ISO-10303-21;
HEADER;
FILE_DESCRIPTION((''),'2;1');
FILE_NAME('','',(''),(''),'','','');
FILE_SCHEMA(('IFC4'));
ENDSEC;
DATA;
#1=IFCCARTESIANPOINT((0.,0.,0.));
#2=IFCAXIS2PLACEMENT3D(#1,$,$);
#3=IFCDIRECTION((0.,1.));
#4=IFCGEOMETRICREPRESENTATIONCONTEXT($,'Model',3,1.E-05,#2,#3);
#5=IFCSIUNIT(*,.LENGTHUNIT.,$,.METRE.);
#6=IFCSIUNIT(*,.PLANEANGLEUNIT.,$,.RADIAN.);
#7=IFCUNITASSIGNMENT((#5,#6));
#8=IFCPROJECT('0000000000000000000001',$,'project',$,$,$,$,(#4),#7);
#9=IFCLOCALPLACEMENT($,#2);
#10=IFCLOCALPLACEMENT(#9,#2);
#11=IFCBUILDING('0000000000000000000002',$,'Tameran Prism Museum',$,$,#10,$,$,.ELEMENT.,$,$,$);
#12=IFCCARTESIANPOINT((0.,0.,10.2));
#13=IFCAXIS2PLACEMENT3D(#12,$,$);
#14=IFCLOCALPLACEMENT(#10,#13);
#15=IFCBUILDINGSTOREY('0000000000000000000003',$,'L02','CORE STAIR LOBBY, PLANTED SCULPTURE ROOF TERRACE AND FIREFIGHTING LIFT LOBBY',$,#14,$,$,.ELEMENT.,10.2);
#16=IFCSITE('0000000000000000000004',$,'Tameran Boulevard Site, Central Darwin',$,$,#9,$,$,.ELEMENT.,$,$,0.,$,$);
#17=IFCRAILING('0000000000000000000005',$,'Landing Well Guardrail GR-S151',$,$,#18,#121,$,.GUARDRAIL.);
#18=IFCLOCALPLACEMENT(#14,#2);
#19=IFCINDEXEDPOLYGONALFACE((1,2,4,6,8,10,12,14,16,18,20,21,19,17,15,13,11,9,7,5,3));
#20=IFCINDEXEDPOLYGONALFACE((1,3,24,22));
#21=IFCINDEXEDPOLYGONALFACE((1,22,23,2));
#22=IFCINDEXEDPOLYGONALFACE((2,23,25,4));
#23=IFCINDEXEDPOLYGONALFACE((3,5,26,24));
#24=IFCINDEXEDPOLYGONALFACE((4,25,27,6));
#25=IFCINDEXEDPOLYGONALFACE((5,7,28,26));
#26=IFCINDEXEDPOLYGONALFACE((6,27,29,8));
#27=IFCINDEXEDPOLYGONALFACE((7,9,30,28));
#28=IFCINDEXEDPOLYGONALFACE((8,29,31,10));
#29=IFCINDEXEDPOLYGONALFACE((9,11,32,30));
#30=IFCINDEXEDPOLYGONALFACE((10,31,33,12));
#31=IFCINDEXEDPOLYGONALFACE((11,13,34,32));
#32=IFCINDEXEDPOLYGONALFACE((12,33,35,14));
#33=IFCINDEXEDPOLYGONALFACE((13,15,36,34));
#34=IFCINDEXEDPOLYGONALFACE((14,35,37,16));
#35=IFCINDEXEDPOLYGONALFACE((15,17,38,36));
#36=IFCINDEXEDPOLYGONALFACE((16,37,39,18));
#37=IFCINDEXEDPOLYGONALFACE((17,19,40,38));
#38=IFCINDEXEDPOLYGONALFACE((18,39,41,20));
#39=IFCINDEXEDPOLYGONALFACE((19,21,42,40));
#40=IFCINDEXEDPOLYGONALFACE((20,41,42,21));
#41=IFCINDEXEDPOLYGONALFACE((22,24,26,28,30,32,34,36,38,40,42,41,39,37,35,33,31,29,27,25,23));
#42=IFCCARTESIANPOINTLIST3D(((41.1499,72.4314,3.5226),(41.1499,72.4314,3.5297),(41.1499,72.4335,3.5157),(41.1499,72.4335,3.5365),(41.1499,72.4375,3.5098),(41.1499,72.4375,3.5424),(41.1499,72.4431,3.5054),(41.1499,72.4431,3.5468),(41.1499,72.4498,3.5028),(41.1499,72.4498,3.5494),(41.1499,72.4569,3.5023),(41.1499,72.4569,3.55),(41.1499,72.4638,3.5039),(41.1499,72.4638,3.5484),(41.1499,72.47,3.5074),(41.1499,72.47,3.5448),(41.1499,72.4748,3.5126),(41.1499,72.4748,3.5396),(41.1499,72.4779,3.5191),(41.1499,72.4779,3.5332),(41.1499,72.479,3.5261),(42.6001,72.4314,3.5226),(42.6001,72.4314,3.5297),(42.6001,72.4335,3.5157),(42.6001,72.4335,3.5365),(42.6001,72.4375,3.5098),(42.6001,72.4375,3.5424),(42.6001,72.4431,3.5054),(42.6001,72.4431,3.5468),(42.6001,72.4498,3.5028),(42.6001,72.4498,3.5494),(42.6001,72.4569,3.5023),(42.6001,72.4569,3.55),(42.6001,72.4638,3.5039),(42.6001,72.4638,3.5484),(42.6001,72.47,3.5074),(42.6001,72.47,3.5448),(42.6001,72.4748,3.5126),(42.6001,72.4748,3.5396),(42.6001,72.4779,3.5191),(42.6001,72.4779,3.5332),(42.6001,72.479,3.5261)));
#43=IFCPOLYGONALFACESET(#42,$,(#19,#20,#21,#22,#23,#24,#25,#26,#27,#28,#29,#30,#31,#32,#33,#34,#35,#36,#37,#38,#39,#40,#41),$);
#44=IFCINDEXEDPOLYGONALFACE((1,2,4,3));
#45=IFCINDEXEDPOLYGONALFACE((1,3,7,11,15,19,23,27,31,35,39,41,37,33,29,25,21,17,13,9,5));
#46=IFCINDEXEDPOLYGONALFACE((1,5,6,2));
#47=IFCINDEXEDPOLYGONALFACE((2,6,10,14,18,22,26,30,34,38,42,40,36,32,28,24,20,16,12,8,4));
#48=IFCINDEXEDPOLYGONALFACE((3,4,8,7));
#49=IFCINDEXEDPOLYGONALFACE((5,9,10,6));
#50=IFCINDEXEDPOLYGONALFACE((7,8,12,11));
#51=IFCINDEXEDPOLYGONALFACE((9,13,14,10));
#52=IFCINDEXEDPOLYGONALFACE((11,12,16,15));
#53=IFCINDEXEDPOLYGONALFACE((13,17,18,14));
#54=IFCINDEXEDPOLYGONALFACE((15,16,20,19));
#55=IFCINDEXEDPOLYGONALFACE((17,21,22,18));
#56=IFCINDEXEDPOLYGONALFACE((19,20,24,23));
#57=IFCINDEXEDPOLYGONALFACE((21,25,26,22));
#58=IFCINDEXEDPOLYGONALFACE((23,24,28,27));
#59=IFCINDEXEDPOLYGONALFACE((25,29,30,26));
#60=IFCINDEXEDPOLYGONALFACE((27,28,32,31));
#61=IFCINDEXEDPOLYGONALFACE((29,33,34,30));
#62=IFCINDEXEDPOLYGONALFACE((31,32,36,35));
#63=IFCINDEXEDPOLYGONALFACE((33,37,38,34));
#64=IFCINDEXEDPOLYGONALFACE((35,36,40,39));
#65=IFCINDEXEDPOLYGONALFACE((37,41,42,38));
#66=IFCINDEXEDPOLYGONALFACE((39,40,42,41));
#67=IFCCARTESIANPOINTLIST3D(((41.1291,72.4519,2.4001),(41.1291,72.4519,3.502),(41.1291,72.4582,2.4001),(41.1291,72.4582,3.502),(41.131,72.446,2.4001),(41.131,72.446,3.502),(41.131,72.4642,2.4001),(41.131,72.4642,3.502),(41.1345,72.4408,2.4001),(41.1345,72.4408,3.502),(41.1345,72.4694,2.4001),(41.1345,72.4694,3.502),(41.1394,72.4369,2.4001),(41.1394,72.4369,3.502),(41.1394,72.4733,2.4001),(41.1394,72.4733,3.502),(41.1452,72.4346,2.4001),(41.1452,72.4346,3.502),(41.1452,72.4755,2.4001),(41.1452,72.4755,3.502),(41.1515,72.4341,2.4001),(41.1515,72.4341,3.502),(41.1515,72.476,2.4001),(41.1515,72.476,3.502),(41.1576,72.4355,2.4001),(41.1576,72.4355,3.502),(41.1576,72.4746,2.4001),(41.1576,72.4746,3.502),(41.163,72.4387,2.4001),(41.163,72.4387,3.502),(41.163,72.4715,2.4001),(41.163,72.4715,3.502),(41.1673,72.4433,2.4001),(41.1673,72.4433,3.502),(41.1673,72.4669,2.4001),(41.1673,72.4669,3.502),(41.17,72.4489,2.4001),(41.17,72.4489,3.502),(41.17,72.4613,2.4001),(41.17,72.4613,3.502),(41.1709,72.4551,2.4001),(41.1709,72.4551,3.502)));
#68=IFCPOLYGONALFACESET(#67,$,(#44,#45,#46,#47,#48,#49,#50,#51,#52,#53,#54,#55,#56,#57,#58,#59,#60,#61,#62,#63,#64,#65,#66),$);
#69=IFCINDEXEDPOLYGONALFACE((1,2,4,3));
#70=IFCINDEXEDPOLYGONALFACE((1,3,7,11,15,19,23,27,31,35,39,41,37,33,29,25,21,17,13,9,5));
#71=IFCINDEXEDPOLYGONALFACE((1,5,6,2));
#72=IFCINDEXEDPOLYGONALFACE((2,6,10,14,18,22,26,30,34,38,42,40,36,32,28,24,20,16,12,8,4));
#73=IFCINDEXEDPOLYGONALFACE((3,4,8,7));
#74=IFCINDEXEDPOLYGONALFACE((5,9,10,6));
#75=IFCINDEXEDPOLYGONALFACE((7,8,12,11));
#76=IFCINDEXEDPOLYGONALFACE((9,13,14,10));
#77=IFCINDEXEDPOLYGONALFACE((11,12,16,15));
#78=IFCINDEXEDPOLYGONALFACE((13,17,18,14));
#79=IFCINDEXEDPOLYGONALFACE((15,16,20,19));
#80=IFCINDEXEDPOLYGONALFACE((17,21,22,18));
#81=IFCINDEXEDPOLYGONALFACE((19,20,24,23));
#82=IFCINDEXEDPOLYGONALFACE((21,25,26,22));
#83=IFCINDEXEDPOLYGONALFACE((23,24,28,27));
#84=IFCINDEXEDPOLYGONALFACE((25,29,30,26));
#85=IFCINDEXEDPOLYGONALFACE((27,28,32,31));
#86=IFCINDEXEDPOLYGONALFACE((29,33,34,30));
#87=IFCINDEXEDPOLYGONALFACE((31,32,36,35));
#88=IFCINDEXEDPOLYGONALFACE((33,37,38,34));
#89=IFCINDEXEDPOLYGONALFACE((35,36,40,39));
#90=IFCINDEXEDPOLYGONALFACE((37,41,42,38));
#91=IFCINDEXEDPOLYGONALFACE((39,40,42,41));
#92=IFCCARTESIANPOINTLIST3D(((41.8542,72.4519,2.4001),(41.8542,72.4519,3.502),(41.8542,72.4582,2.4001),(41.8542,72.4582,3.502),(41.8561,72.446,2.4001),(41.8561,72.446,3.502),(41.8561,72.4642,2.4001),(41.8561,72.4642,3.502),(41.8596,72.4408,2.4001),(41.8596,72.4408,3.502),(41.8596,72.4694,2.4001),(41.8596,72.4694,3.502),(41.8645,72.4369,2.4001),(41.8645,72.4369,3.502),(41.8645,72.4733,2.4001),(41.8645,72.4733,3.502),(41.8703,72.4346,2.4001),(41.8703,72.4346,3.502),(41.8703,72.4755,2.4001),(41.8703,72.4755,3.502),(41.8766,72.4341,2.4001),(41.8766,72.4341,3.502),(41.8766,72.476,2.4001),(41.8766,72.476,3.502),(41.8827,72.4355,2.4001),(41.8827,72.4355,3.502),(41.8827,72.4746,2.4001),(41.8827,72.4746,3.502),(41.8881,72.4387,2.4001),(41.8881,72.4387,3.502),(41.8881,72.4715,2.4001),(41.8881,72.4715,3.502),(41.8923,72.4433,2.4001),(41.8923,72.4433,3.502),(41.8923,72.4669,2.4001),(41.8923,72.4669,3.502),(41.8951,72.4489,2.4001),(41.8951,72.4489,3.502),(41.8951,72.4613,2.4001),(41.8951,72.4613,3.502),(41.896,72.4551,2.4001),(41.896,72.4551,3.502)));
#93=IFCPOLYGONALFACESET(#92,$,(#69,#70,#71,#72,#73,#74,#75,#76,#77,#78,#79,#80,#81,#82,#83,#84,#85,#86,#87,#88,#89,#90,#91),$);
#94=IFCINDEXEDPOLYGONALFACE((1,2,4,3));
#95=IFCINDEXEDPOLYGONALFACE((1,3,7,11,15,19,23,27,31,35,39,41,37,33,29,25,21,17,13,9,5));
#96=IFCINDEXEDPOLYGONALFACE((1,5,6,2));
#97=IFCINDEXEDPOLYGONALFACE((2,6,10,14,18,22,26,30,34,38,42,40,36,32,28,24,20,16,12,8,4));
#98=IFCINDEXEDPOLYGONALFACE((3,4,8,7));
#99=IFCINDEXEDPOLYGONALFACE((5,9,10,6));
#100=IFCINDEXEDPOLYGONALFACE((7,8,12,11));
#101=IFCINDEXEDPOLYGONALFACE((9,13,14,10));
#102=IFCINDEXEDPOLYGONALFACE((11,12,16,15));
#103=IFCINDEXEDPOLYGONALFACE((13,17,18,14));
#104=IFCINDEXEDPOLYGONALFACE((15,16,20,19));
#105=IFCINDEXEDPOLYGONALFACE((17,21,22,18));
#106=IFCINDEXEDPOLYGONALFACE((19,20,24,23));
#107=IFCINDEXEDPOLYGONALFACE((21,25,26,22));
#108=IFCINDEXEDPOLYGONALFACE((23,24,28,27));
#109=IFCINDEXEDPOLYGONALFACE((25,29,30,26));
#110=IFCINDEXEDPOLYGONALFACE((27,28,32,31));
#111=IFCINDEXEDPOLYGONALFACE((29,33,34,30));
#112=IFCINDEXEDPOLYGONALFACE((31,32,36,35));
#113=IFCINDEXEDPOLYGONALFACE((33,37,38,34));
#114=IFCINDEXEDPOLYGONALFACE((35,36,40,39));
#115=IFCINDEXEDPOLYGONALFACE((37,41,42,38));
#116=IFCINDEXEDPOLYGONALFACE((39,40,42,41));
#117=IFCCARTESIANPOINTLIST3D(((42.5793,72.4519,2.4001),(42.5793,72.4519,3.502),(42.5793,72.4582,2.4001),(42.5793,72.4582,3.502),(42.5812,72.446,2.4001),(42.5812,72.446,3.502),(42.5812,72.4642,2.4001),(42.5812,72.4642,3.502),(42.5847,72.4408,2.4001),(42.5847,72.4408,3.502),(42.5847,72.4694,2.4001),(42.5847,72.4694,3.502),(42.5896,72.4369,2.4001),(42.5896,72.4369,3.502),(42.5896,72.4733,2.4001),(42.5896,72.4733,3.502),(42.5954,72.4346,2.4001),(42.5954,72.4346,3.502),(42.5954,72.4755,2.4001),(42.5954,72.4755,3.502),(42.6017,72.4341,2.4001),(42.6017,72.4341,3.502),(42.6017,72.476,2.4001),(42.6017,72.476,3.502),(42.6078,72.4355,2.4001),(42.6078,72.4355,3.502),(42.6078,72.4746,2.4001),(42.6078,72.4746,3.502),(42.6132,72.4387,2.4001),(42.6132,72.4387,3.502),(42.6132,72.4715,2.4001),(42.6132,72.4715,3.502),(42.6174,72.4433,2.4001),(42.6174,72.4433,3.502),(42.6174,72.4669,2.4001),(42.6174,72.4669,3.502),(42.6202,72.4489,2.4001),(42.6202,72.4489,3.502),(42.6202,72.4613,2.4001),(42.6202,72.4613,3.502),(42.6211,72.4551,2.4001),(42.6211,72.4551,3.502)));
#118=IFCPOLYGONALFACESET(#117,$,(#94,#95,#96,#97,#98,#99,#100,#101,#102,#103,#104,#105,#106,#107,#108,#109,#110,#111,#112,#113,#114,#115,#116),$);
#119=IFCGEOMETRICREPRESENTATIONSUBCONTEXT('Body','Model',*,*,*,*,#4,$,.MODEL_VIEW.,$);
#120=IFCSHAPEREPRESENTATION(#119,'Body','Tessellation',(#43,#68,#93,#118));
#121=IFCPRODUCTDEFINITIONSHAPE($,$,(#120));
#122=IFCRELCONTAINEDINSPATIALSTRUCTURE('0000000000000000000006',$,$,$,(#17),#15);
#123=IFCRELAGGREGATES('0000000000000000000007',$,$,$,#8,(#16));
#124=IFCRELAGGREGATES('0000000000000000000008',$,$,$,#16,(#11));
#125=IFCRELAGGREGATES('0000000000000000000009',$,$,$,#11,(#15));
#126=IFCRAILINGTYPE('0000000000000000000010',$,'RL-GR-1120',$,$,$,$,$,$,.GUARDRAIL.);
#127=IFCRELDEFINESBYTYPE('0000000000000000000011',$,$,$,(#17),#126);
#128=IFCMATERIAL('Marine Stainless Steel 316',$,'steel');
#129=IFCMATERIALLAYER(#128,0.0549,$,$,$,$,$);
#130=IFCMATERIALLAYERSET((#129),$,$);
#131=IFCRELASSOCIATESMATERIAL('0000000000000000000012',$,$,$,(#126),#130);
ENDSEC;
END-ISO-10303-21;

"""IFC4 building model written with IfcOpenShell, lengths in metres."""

from ifc_helpers import new_model, si_unit, direction, frame, origin, origin_2d, place, context, subcontext, project, spatial, circle, extrude, material, layer, layer_set, type_object, element, save


model = new_model("IFC4")

# Units and contexts
model_context = context("Model", 3, precision=1e-05, world=origin(), true_north=direction((0.0, 1.0)))
body_context = subcontext(model_context, "Body", "Model", "MODEL_VIEW")
ifc_project = project(units=[si_unit("LENGTHUNIT", "METRE"), si_unit("PLANEANGLEUNIT", "RADIAN")], contexts=[model_context])

# Site, building, storey
site_placement = place(None, origin())
site = spatial("IfcSite", under=ifc_project, at=site_placement, Name="Tameran Boulevard Site, Central Darwin", CompositionType="ELEMENT", RefElevation=0.0)
building_placement = place(site_placement, origin())
building = spatial("IfcBuilding", under=site, at=building_placement, Name="Tameran Prism Museum", CompositionType="ELEMENT")
storey_placement = place(building_placement, frame((0.0, 0.0, 10.2)))
storey = spatial("IfcBuildingStorey", under=building, at=storey_placement, Name="L02", Description="CORE STAIR LOBBY, PLANTED SCULPTURE ROOF TERRACE AND FIREFIGHTING LIFT LOBBY", CompositionType="ELEMENT", Elevation=10.2)

# Railing
ifc_material_1 = material(Name="Marine Stainless Steel 316", Category="steel")
ifc_layer_1 = layer(ifc_material_1, 0.0549)
ifc_layer_set_1 = layer_set([ifc_layer_1])
railing_type_1 = type_object("IfcRailingType", Name="RL-GR-1120", PredefinedType="GUARDRAIL", material=ifc_layer_set_1)
railing_1_placement = place(storey_placement, frame((41.1499, 72.4551, 2.4001)))
element("IfcRailing", 1, at=railing_1_placement, inside=storey, type_object=railing_type_1, Name="Landing Well Guardrail GR-S151", PredefinedType="GUARDRAIL", context=body_context, shape_type="SweptSolid", body=[
    extrude(circle(Radius=0.0239, at=origin_2d()), frame((0.0, 0.0, 1.126), z_axis=(1.0, 0.0, 0.0), x_axis=(0.0, 1.0, 0.0)), (0.0, 0.0, 1.0), 1.4502),
    extrude(circle(Radius=0.021, at=origin_2d()), origin(), (0.0, 0.0, 1.0), 1.1018),
    extrude(circle(Radius=0.021, at=origin_2d()), frame((0.7251, 0.0, 0.0)), (0.0, 0.0, 1.0), 1.1018),
    extrude(circle(Radius=0.021, at=origin_2d()), frame((1.4502, 0.0, 0.0)), (0.0, 0.0, 1.0), 1.1018),
])

save(model, "model.ifc")
